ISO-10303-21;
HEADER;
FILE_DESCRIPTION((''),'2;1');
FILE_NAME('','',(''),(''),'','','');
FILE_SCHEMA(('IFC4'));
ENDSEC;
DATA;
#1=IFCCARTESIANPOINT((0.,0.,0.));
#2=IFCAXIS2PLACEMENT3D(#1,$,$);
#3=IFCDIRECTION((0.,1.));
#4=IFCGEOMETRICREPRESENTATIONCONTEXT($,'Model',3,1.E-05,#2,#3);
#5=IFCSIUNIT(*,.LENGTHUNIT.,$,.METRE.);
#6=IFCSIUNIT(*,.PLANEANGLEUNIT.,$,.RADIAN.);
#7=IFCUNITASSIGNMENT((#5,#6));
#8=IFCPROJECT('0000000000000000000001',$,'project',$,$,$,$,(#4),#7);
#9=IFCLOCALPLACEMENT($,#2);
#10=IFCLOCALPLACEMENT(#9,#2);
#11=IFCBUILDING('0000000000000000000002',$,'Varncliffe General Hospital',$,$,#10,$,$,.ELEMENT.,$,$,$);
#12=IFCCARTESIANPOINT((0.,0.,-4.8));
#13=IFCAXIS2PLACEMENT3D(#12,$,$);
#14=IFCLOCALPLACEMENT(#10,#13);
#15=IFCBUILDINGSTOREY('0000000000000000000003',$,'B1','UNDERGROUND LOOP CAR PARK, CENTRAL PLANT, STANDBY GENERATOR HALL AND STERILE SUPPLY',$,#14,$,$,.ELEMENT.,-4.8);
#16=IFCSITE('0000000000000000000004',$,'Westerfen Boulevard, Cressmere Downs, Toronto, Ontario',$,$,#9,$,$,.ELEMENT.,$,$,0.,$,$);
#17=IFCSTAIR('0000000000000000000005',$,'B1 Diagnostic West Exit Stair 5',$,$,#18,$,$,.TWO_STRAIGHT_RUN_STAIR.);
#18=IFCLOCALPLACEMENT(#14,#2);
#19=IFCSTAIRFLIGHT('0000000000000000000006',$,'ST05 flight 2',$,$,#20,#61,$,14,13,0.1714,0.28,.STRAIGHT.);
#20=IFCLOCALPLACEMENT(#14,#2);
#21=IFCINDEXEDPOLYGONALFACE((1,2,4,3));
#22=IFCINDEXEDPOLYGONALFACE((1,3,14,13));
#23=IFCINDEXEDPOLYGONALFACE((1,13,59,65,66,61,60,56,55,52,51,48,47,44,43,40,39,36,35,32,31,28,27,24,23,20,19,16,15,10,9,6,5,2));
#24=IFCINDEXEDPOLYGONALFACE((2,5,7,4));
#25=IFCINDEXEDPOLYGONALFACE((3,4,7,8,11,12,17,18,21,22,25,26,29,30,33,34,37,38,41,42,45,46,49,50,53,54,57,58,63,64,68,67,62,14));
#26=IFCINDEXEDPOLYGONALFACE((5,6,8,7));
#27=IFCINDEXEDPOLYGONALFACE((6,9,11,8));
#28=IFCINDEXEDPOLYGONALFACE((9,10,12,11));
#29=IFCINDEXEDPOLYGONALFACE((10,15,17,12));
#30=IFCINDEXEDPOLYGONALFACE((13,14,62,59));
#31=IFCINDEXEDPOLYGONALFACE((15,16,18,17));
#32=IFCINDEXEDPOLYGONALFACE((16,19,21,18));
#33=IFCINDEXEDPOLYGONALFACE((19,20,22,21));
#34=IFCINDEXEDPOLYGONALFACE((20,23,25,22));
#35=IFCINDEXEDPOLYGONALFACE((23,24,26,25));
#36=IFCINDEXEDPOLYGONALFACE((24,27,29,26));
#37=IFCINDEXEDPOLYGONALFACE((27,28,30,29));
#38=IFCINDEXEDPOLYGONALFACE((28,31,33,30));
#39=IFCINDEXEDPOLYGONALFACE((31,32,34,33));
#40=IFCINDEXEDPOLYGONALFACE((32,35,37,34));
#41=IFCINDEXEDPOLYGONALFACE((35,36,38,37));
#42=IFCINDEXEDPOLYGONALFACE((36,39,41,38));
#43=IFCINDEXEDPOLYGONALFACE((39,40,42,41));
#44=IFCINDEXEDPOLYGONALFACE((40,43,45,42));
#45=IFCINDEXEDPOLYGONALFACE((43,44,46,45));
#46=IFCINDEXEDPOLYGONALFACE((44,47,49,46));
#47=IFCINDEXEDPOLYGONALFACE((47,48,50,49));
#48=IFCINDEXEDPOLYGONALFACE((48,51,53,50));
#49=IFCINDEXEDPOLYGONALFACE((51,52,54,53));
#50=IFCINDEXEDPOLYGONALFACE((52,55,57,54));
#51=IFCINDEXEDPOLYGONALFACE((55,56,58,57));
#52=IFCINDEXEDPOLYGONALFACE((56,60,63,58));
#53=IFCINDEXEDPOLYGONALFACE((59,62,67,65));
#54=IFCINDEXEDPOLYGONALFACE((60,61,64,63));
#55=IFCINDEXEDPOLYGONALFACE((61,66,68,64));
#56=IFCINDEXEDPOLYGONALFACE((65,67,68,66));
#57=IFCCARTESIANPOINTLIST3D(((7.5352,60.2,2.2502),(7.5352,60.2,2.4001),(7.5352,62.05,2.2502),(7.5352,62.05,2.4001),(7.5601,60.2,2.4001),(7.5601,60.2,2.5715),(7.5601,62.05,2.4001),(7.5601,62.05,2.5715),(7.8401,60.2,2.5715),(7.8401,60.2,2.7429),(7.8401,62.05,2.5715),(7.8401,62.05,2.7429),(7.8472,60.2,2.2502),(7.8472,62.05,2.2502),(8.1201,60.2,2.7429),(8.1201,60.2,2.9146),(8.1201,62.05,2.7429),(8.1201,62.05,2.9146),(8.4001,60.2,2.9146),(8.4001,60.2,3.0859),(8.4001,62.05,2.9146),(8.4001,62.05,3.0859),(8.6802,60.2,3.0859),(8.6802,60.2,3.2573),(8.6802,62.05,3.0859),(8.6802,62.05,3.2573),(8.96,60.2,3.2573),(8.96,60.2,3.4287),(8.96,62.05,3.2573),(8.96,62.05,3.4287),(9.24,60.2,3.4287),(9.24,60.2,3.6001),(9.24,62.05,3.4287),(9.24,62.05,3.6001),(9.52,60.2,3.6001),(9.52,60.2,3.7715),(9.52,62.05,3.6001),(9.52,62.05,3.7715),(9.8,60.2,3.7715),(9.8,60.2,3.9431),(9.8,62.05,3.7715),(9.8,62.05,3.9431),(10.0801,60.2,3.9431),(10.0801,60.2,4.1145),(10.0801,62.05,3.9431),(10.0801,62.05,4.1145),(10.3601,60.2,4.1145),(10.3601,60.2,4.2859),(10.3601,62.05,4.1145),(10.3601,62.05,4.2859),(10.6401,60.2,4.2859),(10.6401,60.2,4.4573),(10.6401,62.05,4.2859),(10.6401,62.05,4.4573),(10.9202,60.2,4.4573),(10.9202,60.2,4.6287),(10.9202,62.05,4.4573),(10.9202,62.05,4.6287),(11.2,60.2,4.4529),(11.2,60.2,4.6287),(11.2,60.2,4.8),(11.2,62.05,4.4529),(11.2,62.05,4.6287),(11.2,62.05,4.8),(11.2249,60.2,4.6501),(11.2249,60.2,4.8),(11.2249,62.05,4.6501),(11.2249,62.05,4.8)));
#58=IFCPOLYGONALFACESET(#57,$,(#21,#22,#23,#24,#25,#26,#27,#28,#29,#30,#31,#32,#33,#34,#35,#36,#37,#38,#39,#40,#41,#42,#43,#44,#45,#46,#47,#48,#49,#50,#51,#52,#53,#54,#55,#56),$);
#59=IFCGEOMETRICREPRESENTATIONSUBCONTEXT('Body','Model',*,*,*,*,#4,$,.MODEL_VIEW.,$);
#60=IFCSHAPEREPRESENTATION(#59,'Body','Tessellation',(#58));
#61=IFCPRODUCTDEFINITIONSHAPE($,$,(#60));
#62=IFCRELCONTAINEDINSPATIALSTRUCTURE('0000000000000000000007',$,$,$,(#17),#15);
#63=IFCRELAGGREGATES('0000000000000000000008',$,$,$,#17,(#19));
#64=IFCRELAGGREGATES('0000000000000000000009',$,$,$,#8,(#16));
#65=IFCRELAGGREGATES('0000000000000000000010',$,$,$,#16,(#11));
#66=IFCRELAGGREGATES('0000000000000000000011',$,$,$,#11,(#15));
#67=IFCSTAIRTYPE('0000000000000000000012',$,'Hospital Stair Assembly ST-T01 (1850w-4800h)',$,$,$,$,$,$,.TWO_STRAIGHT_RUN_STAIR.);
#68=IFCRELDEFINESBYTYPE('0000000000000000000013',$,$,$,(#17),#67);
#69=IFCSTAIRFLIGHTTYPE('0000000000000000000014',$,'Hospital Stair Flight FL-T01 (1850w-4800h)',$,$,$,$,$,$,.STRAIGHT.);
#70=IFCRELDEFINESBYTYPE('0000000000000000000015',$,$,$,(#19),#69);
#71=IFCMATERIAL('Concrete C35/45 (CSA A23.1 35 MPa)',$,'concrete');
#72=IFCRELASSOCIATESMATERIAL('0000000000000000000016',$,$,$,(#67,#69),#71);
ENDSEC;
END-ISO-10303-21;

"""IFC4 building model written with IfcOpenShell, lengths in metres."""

from ifc_helpers import new_model, si_unit, direction, frame, origin, place, context, subcontext, project, spatial, polyline, outline, extrude, material, type_object, element, aggregate, save


model = new_model("IFC4")

# Units and contexts
model_context = context("Model", 3, precision=1e-05, world=origin(), true_north=direction((0.0, 1.0)))
body_context = subcontext(model_context, "Body", "Model", "MODEL_VIEW")
ifc_project = project(units=[si_unit("LENGTHUNIT", "METRE"), si_unit("PLANEANGLEUNIT", "RADIAN")], contexts=[model_context])

# Site, building, storey
site_placement = place(None, origin())
site = spatial("IfcSite", under=ifc_project, at=site_placement, Name="Westerfen Boulevard, Cressmere Downs, Toronto, Ontario", CompositionType="ELEMENT", RefElevation=0.0)
building_placement = place(site_placement, origin())
building = spatial("IfcBuilding", under=site, at=building_placement, Name="Varncliffe General Hospital", CompositionType="ELEMENT")
storey_placement = place(building_placement, frame((0.0, 0.0, -4.8)))
storey = spatial("IfcBuildingStorey", under=building, at=storey_placement, Name="B1", Description="UNDERGROUND LOOP CAR PARK, CENTRAL PLANT, STANDBY GENERATOR HALL AND STERILE SUPPLY", CompositionType="ELEMENT", Elevation=-4.8)

# Shared definitions
ifc_material_1 = material(Name="Concrete C35/45 (CSA A23.1 35 MPa)", Category="concrete")

# Stair, stair flight
stair_type = type_object("IfcStairType", Name="Hospital Stair Assembly ST-T01 (1850w-4800h)", PredefinedType="TWO_STRAIGHT_RUN_STAIR", material=ifc_material_1)
stair_placement = place(storey_placement, origin())
stair = element("IfcStair", 1, at=stair_placement, inside=storey, type_object=stair_type, Name="B1 Diagnostic West Exit Stair 5", PredefinedType="TWO_STRAIGHT_RUN_STAIR")
stair_flight_type = type_object("IfcStairFlightType", Name="Hospital Stair Flight FL-T01 (1850w-4800h)", PredefinedType="STRAIGHT", material=ifc_material_1)
stair_flight_placement = place(storey_placement, frame((7.5601, 61.125, 2.4001), z_axis=(0.0, 0.0, 1.0), x_axis=(1.0, 0.0, 0.0)))
stair_flight = element("IfcStairFlight", 2, at=stair_flight_placement, type_object=stair_flight_type, Name="ST05 flight 2", NumberOfRisers=14, NumberOfTreads=13, PredefinedType="STRAIGHT", RiserHeight=0.1714, TreadLength=0.28, context=body_context, shape_type="SweptSolid", body=[
    extrude(outline(polyline([(-0.0249, -0.1499), (-0.0249, 0.0), (0.0, 0.0), (0.0, 0.1714), (0.28, 0.1714), (0.28, 0.3428), (0.5601, 0.3428), (0.5601, 0.5144), (0.8401, 0.5144), (0.8401, 0.6858), (1.1201, 0.6858), (1.1201, 0.8572), (1.3999, 0.8572), (1.3999, 1.0286), (1.6799, 1.0286), (1.6799, 1.2), (1.96, 1.2), (1.96, 1.3713), (2.24, 1.3713), (2.24, 1.543), (2.52, 1.543), (2.52, 1.7144), (2.8, 1.7144), (2.8, 1.8857), (3.0801, 1.8857), (3.0801, 2.0571), (3.3601, 2.0571), (3.3601, 2.2285), (3.6399, 2.2285), (3.6399, 2.3999), (3.6648, 2.3999), (3.6648, 2.25), (3.6399, 2.0527), (0.2871, -0.1499), (-0.0249, -0.1499)])), frame((0.0, 0.925, 0.0), z_axis=(0.0, -1.0, 0.0), x_axis=(1.0, 0.0, 0.0)), (0.0, 0.0, 1.0), 1.8501),
])
aggregate(stair, [stair_flight])

save(model, "model.ifc")
